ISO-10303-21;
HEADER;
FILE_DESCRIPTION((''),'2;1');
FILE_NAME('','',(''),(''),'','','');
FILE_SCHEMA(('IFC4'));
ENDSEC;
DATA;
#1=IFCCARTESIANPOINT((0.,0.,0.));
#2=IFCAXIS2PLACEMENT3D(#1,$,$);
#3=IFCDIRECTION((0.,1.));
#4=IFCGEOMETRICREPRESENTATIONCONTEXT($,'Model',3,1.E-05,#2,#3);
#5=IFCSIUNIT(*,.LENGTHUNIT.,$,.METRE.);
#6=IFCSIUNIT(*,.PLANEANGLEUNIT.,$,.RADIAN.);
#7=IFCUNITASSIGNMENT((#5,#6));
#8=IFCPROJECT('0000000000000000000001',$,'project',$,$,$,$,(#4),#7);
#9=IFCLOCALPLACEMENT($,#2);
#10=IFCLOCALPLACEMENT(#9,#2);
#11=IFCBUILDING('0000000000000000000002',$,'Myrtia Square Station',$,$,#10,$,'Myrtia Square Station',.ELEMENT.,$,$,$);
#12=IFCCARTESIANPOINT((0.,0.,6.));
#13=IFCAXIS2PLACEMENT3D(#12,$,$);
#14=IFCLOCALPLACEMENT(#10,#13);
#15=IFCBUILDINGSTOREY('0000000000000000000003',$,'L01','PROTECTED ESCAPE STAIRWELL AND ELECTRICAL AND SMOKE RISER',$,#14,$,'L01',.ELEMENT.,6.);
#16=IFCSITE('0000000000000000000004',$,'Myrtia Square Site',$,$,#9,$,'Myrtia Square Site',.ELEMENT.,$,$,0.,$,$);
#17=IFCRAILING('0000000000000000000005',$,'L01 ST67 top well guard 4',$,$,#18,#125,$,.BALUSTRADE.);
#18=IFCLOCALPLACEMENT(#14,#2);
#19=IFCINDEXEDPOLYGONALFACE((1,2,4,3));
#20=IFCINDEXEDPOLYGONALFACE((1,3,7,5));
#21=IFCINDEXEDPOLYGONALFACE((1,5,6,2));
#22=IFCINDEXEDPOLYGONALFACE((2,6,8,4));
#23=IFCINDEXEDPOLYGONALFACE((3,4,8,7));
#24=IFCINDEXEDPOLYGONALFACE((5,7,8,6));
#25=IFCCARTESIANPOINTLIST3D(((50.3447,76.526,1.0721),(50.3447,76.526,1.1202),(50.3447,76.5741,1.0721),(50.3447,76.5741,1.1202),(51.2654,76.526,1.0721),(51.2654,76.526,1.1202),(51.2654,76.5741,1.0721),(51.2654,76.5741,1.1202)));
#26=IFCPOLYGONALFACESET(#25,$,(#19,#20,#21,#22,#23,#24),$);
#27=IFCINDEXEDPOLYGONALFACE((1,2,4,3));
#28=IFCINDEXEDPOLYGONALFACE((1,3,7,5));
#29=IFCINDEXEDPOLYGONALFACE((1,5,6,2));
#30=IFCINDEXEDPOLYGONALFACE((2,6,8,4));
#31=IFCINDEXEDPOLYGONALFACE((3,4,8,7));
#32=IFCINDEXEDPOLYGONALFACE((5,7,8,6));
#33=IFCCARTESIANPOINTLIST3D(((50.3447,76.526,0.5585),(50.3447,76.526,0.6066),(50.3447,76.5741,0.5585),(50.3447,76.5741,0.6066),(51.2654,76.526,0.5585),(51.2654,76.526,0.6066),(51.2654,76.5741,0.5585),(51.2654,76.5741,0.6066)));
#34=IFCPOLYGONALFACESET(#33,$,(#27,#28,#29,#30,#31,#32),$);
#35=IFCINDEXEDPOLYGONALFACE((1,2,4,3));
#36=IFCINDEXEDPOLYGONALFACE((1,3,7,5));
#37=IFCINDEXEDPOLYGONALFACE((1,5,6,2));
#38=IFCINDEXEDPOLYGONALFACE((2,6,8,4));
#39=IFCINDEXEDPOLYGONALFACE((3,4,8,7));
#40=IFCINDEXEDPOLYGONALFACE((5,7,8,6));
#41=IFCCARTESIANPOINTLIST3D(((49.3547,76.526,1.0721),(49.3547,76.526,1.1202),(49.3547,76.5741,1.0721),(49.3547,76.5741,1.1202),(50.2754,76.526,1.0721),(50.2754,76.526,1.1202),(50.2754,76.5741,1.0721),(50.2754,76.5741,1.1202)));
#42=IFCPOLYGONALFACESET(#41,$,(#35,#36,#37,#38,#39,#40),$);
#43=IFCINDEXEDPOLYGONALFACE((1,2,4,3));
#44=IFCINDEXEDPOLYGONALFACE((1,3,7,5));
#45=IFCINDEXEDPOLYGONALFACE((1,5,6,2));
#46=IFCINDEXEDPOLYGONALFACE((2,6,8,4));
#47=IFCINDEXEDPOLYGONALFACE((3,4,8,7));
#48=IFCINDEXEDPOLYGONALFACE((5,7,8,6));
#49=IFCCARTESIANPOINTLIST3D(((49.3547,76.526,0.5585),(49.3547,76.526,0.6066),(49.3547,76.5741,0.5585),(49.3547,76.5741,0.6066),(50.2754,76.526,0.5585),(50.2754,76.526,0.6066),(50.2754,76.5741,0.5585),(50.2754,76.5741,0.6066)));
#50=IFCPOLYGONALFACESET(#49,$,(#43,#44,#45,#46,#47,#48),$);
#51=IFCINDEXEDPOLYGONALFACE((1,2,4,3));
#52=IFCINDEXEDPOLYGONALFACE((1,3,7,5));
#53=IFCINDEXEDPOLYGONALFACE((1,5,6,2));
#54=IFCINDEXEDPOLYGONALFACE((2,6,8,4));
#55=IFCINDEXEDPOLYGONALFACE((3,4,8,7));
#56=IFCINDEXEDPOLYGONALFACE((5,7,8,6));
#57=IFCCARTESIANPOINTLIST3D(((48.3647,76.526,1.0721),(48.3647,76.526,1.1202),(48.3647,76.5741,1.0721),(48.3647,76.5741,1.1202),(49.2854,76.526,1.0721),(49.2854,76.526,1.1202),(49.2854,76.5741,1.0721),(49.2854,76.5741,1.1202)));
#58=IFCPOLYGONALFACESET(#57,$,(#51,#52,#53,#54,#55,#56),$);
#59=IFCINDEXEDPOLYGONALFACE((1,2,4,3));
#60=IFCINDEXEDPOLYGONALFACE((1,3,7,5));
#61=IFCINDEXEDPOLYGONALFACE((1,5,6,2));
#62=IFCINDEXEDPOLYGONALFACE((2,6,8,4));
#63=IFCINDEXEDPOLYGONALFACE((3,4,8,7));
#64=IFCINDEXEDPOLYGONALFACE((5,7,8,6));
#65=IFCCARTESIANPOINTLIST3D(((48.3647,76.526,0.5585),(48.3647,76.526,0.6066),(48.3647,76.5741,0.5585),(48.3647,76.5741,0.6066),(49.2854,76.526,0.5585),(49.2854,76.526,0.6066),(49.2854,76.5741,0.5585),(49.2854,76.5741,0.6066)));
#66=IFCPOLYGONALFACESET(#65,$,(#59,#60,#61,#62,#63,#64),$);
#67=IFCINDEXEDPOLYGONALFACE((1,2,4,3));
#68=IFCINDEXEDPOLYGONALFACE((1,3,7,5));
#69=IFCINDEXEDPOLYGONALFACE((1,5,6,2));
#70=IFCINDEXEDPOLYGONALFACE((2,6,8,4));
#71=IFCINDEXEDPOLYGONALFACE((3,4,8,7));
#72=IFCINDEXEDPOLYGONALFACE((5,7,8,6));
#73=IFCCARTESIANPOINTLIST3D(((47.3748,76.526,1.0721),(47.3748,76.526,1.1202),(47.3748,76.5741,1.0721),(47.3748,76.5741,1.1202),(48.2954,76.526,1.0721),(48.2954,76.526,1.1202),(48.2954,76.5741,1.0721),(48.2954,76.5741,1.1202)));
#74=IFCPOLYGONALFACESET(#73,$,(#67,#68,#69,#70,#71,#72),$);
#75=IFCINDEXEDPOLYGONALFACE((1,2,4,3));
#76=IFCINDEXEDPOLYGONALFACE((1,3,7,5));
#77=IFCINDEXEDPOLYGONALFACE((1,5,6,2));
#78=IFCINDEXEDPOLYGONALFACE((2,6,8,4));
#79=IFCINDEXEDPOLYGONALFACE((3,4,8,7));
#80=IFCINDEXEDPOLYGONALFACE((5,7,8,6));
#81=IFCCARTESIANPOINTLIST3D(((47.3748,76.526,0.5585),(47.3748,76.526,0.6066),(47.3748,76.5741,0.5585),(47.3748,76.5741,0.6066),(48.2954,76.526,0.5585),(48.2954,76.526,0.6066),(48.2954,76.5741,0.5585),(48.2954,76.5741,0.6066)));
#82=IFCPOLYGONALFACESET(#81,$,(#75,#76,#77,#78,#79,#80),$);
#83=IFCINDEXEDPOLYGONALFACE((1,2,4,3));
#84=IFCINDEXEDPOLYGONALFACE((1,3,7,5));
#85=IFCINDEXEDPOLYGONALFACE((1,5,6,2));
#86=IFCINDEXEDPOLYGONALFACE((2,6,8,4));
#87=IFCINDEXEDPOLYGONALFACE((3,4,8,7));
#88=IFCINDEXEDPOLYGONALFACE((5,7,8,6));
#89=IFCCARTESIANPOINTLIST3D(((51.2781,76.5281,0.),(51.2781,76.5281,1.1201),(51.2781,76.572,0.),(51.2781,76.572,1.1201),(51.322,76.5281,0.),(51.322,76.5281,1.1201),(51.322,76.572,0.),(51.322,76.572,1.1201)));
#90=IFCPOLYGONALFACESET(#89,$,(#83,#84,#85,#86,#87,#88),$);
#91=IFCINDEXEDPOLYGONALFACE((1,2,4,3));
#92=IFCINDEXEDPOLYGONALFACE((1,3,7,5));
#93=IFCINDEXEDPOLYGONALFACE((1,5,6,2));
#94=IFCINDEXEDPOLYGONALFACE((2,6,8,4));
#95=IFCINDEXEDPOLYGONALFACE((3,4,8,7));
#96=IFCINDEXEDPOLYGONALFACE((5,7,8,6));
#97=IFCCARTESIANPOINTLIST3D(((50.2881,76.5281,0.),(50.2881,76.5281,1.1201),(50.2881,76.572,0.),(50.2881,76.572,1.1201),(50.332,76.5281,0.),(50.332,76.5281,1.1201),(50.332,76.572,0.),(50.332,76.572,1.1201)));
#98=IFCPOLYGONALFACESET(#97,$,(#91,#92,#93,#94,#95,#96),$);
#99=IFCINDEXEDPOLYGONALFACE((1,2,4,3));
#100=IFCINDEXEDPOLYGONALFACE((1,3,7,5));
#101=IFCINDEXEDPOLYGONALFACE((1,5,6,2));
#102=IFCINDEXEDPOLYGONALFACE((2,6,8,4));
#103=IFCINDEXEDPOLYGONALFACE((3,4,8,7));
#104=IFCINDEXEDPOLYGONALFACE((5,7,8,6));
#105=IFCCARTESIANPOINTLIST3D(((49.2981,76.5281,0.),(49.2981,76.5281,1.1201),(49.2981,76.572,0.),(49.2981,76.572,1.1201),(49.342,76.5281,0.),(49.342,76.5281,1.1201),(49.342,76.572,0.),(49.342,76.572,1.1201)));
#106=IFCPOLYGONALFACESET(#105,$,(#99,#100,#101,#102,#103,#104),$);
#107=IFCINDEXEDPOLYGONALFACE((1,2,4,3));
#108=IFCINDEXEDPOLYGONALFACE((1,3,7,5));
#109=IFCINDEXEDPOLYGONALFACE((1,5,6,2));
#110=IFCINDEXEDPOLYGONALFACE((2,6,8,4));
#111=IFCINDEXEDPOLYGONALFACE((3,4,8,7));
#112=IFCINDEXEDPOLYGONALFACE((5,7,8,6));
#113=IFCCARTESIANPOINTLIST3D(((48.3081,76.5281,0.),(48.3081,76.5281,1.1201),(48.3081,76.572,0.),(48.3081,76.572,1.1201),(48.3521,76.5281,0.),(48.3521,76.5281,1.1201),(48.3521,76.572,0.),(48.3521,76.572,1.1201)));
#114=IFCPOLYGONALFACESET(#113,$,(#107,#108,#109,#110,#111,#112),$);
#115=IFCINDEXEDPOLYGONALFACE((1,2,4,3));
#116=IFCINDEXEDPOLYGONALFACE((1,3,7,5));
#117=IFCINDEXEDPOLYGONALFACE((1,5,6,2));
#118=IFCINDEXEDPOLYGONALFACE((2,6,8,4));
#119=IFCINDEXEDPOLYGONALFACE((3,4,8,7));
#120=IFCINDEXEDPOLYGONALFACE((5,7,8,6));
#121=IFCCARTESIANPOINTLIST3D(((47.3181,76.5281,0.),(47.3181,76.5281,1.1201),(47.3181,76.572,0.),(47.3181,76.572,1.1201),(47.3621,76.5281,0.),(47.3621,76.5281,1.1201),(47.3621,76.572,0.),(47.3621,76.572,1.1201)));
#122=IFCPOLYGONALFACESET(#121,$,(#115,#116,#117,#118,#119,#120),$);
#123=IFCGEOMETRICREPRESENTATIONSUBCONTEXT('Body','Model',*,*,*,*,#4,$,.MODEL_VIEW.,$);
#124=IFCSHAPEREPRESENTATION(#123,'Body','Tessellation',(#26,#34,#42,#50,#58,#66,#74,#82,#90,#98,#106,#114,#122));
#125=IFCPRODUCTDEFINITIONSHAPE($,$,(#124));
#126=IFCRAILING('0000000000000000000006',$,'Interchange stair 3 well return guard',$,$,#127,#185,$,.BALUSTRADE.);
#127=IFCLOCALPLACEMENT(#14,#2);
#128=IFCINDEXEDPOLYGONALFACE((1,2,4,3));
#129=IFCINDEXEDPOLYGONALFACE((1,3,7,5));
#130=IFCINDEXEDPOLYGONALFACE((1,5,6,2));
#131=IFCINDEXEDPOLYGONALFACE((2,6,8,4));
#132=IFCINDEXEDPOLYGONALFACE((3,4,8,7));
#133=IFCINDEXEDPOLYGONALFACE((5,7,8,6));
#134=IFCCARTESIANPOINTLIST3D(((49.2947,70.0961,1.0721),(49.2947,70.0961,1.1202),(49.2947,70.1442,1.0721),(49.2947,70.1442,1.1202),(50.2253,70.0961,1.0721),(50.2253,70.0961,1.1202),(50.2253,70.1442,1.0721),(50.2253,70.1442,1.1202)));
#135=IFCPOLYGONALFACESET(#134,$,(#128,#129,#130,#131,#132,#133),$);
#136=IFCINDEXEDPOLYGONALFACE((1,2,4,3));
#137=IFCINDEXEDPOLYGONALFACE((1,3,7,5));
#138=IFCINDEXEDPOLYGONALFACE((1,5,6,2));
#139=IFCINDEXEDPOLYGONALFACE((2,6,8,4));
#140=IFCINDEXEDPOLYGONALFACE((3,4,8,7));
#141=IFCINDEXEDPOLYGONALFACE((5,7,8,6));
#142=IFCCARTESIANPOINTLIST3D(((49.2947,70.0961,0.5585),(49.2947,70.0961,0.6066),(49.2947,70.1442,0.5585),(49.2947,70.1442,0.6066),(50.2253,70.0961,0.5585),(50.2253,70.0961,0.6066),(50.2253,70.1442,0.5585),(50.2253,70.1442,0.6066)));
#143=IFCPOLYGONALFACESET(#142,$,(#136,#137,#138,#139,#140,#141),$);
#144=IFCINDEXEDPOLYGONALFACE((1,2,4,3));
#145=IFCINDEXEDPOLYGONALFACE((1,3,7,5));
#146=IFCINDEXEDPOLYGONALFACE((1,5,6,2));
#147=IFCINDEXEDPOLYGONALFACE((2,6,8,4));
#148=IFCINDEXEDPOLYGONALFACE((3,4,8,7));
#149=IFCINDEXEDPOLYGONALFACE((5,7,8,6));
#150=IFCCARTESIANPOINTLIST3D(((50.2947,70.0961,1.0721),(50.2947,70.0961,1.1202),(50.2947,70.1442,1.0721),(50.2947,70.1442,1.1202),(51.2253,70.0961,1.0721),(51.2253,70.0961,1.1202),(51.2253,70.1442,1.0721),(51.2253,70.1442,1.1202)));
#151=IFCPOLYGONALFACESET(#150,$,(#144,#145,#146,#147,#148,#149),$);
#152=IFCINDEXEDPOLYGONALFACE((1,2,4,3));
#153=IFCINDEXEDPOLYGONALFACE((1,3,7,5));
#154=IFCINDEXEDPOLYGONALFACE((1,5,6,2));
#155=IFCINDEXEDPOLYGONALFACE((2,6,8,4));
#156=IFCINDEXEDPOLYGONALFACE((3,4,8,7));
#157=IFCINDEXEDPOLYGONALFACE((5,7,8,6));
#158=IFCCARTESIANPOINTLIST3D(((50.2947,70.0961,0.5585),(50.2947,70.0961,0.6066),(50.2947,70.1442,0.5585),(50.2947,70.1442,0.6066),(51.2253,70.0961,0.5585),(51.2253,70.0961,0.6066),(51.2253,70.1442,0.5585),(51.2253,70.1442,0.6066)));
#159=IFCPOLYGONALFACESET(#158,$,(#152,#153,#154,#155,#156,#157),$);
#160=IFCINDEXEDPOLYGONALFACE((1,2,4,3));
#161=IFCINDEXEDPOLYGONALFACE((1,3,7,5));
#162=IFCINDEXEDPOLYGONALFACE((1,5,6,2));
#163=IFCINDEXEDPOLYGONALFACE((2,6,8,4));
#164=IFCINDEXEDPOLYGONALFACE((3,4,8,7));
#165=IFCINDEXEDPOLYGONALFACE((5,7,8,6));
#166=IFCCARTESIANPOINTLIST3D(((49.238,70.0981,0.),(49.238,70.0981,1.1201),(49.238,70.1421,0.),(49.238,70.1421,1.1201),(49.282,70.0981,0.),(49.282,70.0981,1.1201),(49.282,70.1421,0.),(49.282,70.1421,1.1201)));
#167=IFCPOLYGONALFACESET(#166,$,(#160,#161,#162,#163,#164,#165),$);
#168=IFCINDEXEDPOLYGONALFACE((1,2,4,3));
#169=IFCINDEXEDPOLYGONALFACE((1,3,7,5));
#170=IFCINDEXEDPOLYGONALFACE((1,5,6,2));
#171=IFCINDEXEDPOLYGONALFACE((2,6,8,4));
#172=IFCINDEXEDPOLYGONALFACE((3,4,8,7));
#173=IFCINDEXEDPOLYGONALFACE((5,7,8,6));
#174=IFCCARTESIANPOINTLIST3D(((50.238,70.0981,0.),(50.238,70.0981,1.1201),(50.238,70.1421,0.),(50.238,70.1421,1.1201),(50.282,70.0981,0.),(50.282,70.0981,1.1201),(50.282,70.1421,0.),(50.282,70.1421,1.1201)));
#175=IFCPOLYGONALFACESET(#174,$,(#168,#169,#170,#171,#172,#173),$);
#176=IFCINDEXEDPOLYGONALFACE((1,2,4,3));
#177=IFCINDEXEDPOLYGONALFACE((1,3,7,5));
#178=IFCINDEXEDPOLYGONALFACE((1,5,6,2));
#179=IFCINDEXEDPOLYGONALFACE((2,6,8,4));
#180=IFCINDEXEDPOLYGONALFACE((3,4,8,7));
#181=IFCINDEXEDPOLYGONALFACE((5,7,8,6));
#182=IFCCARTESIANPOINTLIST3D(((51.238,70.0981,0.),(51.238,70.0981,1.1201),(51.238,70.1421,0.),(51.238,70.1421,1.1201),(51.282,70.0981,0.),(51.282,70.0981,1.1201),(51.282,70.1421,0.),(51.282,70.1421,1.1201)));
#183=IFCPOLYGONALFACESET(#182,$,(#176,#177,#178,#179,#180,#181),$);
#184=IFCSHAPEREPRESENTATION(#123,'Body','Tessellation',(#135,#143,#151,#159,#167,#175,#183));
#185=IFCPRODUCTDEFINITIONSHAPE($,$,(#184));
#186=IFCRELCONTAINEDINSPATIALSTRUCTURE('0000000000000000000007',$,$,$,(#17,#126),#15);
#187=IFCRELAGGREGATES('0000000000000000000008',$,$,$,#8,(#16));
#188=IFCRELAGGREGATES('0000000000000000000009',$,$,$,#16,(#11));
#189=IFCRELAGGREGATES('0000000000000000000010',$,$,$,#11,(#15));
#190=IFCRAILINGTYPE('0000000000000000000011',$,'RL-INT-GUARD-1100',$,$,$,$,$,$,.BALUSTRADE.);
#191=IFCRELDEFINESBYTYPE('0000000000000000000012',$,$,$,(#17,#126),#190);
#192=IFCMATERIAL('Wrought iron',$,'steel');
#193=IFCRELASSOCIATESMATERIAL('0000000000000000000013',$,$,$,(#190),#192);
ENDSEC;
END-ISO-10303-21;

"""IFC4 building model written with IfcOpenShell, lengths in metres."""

from ifc_helpers import new_model, si_unit, direction, frame, origin, origin_2d, place, context, subcontext, project, spatial, rectangle, extrude, material, type_object, element, save


model = new_model("IFC4")

# Units and contexts
model_context = context("Model", 3, precision=1e-05, world=origin(), true_north=direction((0.0, 1.0)))
body_context = subcontext(model_context, "Body", "Model", "MODEL_VIEW")
ifc_project = project(units=[si_unit("LENGTHUNIT", "METRE"), si_unit("PLANEANGLEUNIT", "RADIAN")], contexts=[model_context])

# Site, building, storey
site_placement = place(None, origin())
site = spatial("IfcSite", under=ifc_project, at=site_placement, Name="Myrtia Square Site", LongName="Myrtia Square Site", CompositionType="ELEMENT", RefElevation=0.0)
building_placement = place(site_placement, origin())
building = spatial("IfcBuilding", under=site, at=building_placement, Name="Myrtia Square Station", LongName="Myrtia Square Station", CompositionType="ELEMENT")
storey_placement = place(building_placement, frame((0.0, 0.0, 6.0)))
storey = spatial("IfcBuildingStorey", under=building, at=storey_placement, Name="L01", Description="PROTECTED ESCAPE STAIRWELL AND ELECTRICAL AND SMOKE RISER", LongName="L01", CompositionType="ELEMENT", Elevation=6.0)

# Railings
ifc_material_1 = material(Name="Wrought iron", Category="steel")
railing_type = type_object("IfcRailingType", Name="RL-INT-GUARD-1100", PredefinedType="BALUSTRADE", material=ifc_material_1)
railing_1_placement = place(storey_placement, frame((51.3, 76.55, 0.0)))
element("IfcRailing", 1, at=railing_1_placement, inside=storey, type_object=railing_type, Name="L01 ST67 top well guard 4", PredefinedType="BALUSTRADE", context=body_context, shape_type="SweptSolid", body=[
    extrude(rectangle(XDim=0.0481, YDim=0.0481, at=origin_2d()), frame((-0.0347, 0.0, 1.0962), z_axis=(-1.0, 0.0, 0.0), x_axis=(0.0, -1.0, 0.0)), (0.0, 0.0, 1.0), 0.9207),
    extrude(rectangle(XDim=0.0481, YDim=0.0481, at=origin_2d()), frame((-0.0347, 0.0, 0.5825), z_axis=(-1.0, 0.0, 0.0), x_axis=(0.0, -1.0, 0.0)), (0.0, 0.0, 1.0), 0.9207),
    extrude(rectangle(XDim=0.0481, YDim=0.0481, at=origin_2d()), frame((-1.0247, 0.0, 1.0962), z_axis=(-1.0, 0.0, 0.0), x_axis=(0.0, -1.0, 0.0)), (0.0, 0.0, 1.0), 0.9207),
    extrude(rectangle(XDim=0.0481, YDim=0.0481, at=origin_2d()), frame((-1.0247, 0.0, 0.5825), z_axis=(-1.0, 0.0, 0.0), x_axis=(0.0, -1.0, 0.0)), (0.0, 0.0, 1.0), 0.9207),
    extrude(rectangle(XDim=0.0481, YDim=0.0481, at=origin_2d()), frame((-2.0146, 0.0, 1.0962), z_axis=(-1.0, 0.0, 0.0), x_axis=(0.0, -1.0, 0.0)), (0.0, 0.0, 1.0), 0.9207),
    extrude(rectangle(XDim=0.0481, YDim=0.0481, at=origin_2d()), frame((-2.0146, 0.0, 0.5825), z_axis=(-1.0, 0.0, 0.0), x_axis=(0.0, -1.0, 0.0)), (0.0, 0.0, 1.0), 0.9207),
    extrude(rectangle(XDim=0.0481, YDim=0.0481, at=origin_2d()), frame((-3.0046, 0.0, 1.0962), z_axis=(-1.0, 0.0, 0.0), x_axis=(0.0, -1.0, 0.0)), (0.0, 0.0, 1.0), 0.9207),
    extrude(rectangle(XDim=0.0481, YDim=0.0481, at=origin_2d()), frame((-3.0046, 0.0, 0.5825), z_axis=(-1.0, 0.0, 0.0), x_axis=(0.0, -1.0, 0.0)), (0.0, 0.0, 1.0), 0.9207),
    extrude(rectangle(XDim=0.0439, YDim=0.0439, at=origin_2d()), origin(), (0.0, 0.0, 1.0), 1.1201),
    extrude(rectangle(XDim=0.0439, YDim=0.0439, at=origin_2d()), frame((-0.99, 0.0, 0.0)), (0.0, 0.0, 1.0), 1.1201),
    extrude(rectangle(XDim=0.0439, YDim=0.0439, at=origin_2d()), frame((-1.98, 0.0, 0.0)), (0.0, 0.0, 1.0), 1.1201),
    extrude(rectangle(XDim=0.0439, YDim=0.0439, at=origin_2d()), frame((-2.97, 0.0, 0.0)), (0.0, 0.0, 1.0), 1.1201),
    extrude(rectangle(XDim=0.0439, YDim=0.0439, at=origin_2d()), frame((-3.96, 0.0, 0.0)), (0.0, 0.0, 1.0), 1.1201),
])
railing_2_placement = place(storey_placement, frame((49.26, 70.1201, 0.0)))
element("IfcRailing", 2, at=railing_2_placement, inside=storey, type_object=railing_type, Name="Interchange stair 3 well return guard", PredefinedType="BALUSTRADE", context=body_context, shape_type="SweptSolid", body=[
    extrude(rectangle(XDim=0.0481, YDim=0.0481, at=origin_2d()), frame((0.0347, 0.0, 1.0962), z_axis=(1.0, 0.0, 0.0), x_axis=(0.0, 1.0, 0.0)), (0.0, 0.0, 1.0), 0.9307),
    extrude(rectangle(XDim=0.0481, YDim=0.0481, at=origin_2d()), frame((0.0347, 0.0, 0.5825), z_axis=(1.0, 0.0, 0.0), x_axis=(0.0, 1.0, 0.0)), (0.0, 0.0, 1.0), 0.9307),
    extrude(rectangle(XDim=0.0481, YDim=0.0481, at=origin_2d()), frame((1.0347, 0.0, 1.0962), z_axis=(1.0, 0.0, 0.0), x_axis=(0.0, 1.0, 0.0)), (0.0, 0.0, 1.0), 0.9307),
    extrude(rectangle(XDim=0.0481, YDim=0.0481, at=origin_2d()), frame((1.0347, 0.0, 0.5825), z_axis=(1.0, 0.0, 0.0), x_axis=(0.0, 1.0, 0.0)), (0.0, 0.0, 1.0), 0.9307),
    extrude(rectangle(XDim=0.0439, YDim=0.0439, at=origin_2d()), origin(), (0.0, 0.0, 1.0), 1.1201),
    extrude(rectangle(XDim=0.0439, YDim=0.0439, at=origin_2d()), frame((1.0, 0.0, 0.0)), (0.0, 0.0, 1.0), 1.1201),
    extrude(rectangle(XDim=0.0439, YDim=0.0439, at=origin_2d()), frame((2.0, 0.0, 0.0)), (0.0, 0.0, 1.0), 1.1201),
])

save(model, "model.ifc")
